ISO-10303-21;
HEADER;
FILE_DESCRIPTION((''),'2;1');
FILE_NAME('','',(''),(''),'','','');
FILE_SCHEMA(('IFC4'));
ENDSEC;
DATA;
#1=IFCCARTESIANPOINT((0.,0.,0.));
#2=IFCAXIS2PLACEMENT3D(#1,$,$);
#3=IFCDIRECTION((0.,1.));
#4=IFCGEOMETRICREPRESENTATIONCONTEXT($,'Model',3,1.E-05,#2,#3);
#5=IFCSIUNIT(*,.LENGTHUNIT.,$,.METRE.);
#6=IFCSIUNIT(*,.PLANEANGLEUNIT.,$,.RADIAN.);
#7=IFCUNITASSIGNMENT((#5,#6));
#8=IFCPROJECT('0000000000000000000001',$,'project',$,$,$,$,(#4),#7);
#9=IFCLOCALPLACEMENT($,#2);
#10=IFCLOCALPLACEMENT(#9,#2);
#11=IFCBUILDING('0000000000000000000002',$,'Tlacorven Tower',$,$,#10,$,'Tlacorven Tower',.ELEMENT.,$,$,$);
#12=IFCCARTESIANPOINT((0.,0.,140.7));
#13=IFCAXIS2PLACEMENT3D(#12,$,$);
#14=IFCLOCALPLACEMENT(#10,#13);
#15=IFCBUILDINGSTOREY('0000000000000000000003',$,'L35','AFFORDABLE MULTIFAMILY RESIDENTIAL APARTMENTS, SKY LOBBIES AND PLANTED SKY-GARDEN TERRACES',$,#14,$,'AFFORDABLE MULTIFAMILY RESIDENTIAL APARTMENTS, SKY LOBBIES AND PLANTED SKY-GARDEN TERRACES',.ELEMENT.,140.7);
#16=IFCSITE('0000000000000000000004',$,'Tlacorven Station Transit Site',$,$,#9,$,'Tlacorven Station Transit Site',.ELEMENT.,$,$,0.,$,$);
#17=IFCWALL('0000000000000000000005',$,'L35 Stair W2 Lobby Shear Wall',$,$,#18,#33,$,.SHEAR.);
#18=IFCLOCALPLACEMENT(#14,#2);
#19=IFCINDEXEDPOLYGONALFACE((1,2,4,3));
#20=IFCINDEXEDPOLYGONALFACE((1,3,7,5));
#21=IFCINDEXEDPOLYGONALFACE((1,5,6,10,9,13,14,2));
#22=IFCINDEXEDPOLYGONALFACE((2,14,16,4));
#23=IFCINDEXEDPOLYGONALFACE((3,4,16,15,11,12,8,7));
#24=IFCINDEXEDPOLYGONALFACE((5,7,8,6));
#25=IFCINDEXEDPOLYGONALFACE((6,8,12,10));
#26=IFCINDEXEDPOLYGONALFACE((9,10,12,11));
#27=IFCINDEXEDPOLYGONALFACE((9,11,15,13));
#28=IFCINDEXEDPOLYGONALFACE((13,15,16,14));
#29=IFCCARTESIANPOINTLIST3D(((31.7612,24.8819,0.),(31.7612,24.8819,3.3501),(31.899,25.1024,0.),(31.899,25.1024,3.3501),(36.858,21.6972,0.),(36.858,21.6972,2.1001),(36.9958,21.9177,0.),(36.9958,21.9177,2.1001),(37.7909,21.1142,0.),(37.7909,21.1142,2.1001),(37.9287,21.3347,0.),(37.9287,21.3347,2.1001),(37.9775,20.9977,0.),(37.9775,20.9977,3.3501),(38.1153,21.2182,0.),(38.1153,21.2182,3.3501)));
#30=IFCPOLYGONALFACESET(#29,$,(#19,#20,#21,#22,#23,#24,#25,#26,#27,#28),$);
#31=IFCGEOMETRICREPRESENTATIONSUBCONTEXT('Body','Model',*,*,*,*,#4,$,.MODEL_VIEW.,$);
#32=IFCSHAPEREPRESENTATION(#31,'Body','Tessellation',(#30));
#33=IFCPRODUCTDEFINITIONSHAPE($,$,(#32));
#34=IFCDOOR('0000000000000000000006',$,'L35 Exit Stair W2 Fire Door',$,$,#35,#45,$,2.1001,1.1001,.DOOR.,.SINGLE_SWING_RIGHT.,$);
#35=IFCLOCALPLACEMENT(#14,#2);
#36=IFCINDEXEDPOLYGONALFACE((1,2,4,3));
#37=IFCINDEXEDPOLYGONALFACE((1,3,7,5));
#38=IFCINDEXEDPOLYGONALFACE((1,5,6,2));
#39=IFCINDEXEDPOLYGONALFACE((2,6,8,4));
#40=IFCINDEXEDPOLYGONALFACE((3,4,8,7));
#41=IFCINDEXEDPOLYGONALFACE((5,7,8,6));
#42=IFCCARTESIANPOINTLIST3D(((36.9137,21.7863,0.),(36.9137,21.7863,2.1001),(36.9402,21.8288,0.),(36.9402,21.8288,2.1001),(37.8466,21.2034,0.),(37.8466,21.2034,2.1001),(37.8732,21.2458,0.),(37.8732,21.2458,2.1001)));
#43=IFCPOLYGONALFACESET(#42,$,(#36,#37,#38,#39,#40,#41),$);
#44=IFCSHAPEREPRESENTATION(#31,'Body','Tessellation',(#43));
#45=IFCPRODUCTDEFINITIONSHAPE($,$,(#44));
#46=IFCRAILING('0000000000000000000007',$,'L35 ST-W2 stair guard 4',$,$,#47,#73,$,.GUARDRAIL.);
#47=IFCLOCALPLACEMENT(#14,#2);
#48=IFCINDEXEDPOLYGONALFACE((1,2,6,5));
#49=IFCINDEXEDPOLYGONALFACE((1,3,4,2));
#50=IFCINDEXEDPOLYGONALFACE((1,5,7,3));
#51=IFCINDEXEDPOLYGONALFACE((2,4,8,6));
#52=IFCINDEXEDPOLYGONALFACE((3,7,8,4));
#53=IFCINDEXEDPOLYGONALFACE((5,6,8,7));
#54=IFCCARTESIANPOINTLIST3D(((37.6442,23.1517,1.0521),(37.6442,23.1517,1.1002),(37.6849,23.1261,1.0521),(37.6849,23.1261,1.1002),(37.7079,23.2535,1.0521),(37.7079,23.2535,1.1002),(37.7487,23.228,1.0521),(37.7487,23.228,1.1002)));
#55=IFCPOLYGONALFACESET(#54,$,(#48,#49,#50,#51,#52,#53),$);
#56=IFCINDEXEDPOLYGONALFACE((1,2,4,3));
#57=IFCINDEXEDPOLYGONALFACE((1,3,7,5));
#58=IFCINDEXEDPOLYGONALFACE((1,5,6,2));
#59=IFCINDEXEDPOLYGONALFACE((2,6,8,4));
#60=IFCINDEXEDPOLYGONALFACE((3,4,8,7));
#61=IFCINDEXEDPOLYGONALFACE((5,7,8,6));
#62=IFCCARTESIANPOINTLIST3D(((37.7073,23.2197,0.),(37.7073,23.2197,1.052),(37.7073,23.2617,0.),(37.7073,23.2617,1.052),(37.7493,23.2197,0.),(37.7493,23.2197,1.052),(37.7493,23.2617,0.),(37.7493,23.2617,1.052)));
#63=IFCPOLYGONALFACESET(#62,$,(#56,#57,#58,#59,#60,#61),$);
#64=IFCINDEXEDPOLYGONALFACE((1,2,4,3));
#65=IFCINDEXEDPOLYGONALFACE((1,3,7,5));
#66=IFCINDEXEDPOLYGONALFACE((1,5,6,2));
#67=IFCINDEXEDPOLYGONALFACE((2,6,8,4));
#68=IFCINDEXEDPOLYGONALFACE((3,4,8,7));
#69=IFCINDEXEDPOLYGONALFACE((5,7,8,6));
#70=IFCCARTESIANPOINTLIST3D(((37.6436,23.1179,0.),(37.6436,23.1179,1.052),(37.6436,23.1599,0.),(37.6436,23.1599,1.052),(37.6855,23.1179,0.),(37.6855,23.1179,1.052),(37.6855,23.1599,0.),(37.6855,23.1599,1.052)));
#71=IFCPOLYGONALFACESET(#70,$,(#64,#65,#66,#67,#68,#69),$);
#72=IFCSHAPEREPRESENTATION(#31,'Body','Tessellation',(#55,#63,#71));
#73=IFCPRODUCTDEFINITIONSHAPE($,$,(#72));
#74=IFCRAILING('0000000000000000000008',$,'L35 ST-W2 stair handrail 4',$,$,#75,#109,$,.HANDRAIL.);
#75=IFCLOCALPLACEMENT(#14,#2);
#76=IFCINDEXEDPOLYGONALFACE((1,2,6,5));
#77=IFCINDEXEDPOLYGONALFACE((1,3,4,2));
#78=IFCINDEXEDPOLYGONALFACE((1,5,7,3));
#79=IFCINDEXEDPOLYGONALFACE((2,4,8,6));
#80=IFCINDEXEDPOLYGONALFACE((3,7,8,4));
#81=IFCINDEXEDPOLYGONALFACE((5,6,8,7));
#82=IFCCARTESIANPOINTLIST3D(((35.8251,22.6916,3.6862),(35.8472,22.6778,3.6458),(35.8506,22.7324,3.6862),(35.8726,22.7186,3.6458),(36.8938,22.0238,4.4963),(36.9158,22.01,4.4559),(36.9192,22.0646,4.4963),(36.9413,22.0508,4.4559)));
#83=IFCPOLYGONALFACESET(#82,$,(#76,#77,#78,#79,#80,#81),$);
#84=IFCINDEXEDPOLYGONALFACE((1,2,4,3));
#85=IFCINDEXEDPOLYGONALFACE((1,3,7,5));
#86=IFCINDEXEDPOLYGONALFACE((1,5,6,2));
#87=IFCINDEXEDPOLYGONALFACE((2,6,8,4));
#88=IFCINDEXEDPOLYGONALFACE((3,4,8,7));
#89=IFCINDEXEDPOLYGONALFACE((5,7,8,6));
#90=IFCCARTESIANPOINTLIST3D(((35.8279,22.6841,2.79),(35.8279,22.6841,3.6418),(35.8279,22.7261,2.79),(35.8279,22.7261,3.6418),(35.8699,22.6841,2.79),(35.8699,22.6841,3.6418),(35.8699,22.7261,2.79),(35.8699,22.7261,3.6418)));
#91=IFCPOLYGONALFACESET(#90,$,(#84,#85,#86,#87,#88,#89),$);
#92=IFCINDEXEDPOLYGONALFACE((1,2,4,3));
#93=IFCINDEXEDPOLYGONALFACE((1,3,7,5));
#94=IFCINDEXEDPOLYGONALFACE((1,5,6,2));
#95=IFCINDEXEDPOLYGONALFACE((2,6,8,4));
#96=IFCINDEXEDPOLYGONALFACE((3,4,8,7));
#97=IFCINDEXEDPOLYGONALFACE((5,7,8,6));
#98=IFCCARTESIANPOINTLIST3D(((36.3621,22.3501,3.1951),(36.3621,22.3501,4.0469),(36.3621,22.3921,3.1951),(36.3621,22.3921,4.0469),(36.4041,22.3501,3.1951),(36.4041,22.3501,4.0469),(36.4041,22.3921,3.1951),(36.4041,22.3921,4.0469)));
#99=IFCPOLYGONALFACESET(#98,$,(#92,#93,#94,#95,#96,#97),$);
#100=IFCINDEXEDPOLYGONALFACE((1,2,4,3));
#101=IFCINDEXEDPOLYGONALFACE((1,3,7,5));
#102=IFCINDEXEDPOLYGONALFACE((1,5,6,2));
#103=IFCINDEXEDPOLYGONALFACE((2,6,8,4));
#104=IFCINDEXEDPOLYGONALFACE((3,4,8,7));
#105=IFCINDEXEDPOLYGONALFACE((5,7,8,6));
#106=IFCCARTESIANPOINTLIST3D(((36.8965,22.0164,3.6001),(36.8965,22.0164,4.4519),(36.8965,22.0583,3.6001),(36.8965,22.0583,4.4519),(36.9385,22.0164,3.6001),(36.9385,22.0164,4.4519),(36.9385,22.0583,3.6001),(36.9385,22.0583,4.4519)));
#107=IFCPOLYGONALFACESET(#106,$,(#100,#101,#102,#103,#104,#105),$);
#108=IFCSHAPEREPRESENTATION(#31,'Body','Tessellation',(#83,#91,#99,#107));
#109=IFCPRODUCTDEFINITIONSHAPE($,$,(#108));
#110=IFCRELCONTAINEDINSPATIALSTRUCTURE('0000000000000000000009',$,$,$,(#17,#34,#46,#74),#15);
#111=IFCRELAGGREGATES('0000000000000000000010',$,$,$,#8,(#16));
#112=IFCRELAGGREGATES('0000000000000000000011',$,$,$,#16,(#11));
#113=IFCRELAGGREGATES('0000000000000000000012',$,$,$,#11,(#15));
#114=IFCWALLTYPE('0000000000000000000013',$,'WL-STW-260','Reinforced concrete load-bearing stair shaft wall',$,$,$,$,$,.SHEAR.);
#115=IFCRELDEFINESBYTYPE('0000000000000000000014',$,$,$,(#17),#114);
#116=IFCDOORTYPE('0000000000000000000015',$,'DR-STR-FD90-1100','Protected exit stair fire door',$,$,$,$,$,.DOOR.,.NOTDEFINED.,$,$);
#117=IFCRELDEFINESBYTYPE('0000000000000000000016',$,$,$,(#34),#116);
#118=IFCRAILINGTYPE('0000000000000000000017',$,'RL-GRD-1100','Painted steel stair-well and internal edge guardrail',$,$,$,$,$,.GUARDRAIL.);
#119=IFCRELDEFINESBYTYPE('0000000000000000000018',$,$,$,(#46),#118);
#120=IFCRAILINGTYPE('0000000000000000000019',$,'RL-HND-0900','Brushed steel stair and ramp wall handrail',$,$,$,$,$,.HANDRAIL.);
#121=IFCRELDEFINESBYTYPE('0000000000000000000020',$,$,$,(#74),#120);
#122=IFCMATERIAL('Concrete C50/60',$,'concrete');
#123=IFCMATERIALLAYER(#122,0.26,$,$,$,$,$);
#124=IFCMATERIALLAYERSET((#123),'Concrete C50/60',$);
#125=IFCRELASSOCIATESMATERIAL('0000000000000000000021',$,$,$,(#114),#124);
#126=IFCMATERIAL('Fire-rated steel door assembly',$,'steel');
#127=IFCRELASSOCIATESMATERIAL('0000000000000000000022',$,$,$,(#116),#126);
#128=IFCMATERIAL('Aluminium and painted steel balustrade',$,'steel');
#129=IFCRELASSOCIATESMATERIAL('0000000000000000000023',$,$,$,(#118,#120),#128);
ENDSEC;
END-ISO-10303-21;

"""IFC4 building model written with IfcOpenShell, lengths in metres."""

from ifc_helpers import new_model, si_unit, direction, frame, frame_2d, origin, origin_2d, place, context, subcontext, project, spatial, rectangle, extrude, source, transform, mapped, material, layer, layer_set, type_object, element, fill, save


model = new_model("IFC4")

# Units and contexts
model_context = context("Model", 3, precision=1e-05, world=origin(), true_north=direction((0.0, 1.0)))
body_context = subcontext(model_context, "Body", "Model", "MODEL_VIEW")
ifc_project = project(units=[si_unit("LENGTHUNIT", "METRE"), si_unit("PLANEANGLEUNIT", "RADIAN")], contexts=[model_context])

# Site, building, storey
site_placement = place(None, origin())
site = spatial("IfcSite", under=ifc_project, at=site_placement, Name="Tlacorven Station Transit Site", LongName="Tlacorven Station Transit Site", CompositionType="ELEMENT", RefElevation=0.0)
building_placement = place(site_placement, origin())
building = spatial("IfcBuilding", under=site, at=building_placement, Name="Tlacorven Tower", LongName="Tlacorven Tower", CompositionType="ELEMENT")
storey_placement = place(building_placement, frame((0.0, 0.0, 140.7)))
storey = spatial("IfcBuildingStorey", under=building, at=storey_placement, Name="L35", Description="AFFORDABLE MULTIFAMILY RESIDENTIAL APARTMENTS, SKY LOBBIES AND PLANTED SKY-GARDEN TERRACES", LongName="AFFORDABLE MULTIFAMILY RESIDENTIAL APARTMENTS, SKY LOBBIES AND PLANTED SKY-GARDEN TERRACES", CompositionType="ELEMENT", Elevation=140.7)

# Shared definitions
ifc_material_1 = material(Name="Fire-rated steel door assembly", Category="steel")

# Wall, opening, door
ifc_material_2 = material(Name="Concrete C50/60", Category="concrete")
ifc_layer_1 = layer(ifc_material_2, 0.26)
ifc_layer_set_1 = layer_set([ifc_layer_1], Name="Concrete C50/60")
wall_type_1 = type_object("IfcWallType", Name="WL-STW-260", Description="Reinforced concrete load-bearing stair shaft wall", PredefinedType="SHEAR", material=ifc_layer_set_1)
wall_1_placement = place(storey_placement, frame((38.0464, 21.1079, 0.0), z_axis=(0.0, 0.0, 1.0), x_axis=(-0.848054, 0.529909, 0.0)))
wall_1 = element("IfcWall", 1, at=wall_1_placement, inside=storey, type_object=wall_type_1, Name="L35 Stair W2 Lobby Shear Wall", PredefinedType="SHEAR", context=body_context, shape_type="SweptSolid", body=[
    extrude(rectangle(XDim=7.3301, YDim=0.26, at=frame_2d((3.665, 0.0))), origin(), (0.0, 0.0, 1.0), 3.3501),
])
opening_1_placement = place(wall_1_placement, frame((0.22, 0.0, 0.0)))
opening_1 = element("IfcOpeningElement", 2, at=opening_1_placement, cuts=wall_1, PredefinedType="OPENING", context=body_context, shape_type="SweptSolid", body=[
    extrude(rectangle(XDim=1.1001, YDim=2.1001, at=frame_2d((0.55, 1.05))), frame((0.0, 0.1401, 0.0), z_axis=(0.0, -1.0, 0.0), x_axis=(1.0, 0.0, 0.0)), (0.0, 0.0, 1.0), 0.28),
])
door_type_1 = type_object("IfcDoorType", Name="DR-STR-FD90-1100", Description="Protected exit stair fire door", OperationType="NOTDEFINED", PredefinedType="DOOR", material=ifc_material_1)
shared_shape_1 = source(origin(), body_context, "Body", "SweptSolid", [
    extrude(rectangle(XDim=1.1001, YDim=2.1001, at=frame_2d((0.55, 1.05))), frame((0.0, 0.0249, 0.0), z_axis=(0.0, -1.0, 0.0), x_axis=(1.0, 0.0, 0.0)), (0.0, 0.0, 1.0), 0.05),
])
door_1_placement = place(opening_1_placement, origin())
door_1 = element("IfcDoor", 3, at=door_1_placement, inside=storey, type_object=door_type_1, Name="L35 Exit Stair W2 Fire Door", OperationType="SINGLE_SWING_RIGHT", OverallHeight=2.1001, OverallWidth=1.1001, PredefinedType="DOOR", context=body_context, shape_type="MappedRepresentation", body=[
    mapped(shared_shape_1, transform((0.0, 0.0, 0.0), scale=1.0)),
])
fill(opening_1, door_1)

# Railings
ifc_material_3 = material(Name="Aluminium and painted steel balustrade", Category="steel")
railing_type_1 = type_object("IfcRailingType", Name="RL-GRD-1100", Description="Painted steel stair-well and internal edge guardrail", PredefinedType="GUARDRAIL", material=ifc_material_3)
shared_shape_2 = source(origin(), body_context, "Body", "SweptSolid", [
    extrude(rectangle(XDim=0.0481, YDim=0.0481, at=origin_2d()), frame((0.0, 0.0, 1.0762), z_axis=(-0.530547, -0.847656, 0.0), x_axis=(0.847656, -0.530547, 0.0)), (0.0, 0.0, 1.0), 0.1201),
    extrude(rectangle(XDim=0.042, YDim=0.042, at=origin_2d()), origin(), (0.0, 0.0, 1.0), 1.052),
    extrude(rectangle(XDim=0.042, YDim=0.042, at=origin_2d()), frame((-0.0637, -0.1018, 0.0)), (0.0, 0.0, 1.0), 1.052),
])
railing_1_placement = place(storey_placement, frame((37.7283, 23.2407, 0.0)))
element("IfcRailing", 4, at=railing_1_placement, inside=storey, type_object=railing_type_1, Name="L35 ST-W2 stair guard 4", PredefinedType="GUARDRAIL", context=body_context, shape_type="MappedRepresentation", body=[
    mapped(shared_shape_2, transform((0.0, 0.0, 0.0), scale=1.0)),
])
railing_type_2 = type_object("IfcRailingType", Name="RL-HND-0900", Description="Brushed steel stair and ramp wall handrail", PredefinedType="HANDRAIL", material=ifc_material_3)
shared_shape_3 = source(origin(), body_context, "Body", "SweptSolid", [
    extrude(rectangle(XDim=0.0481, YDim=0.0481, at=origin_2d()), frame((0.0, 0.0, 0.876), z_axis=(0.71336, -0.445748, 0.540765), x_axis=(0.529912, 0.848053, 0.0)), (0.0, 0.0, 1.0), 1.498),
    extrude(rectangle(XDim=0.042, YDim=0.042, at=origin_2d()), origin(), (0.0, 0.0, 1.0), 0.8518),
    extrude(rectangle(XDim=0.042, YDim=0.042, at=origin_2d()), frame((0.5342, -0.334, 0.405)), (0.0, 0.0, 1.0), 0.8518),
    extrude(rectangle(XDim=0.042, YDim=0.042, at=origin_2d()), frame((1.0686, -0.6677, 0.8101)), (0.0, 0.0, 1.0), 0.8518),
])
railing_2_placement = place(storey_placement, frame((35.8489, 22.7051, 2.79)))
element("IfcRailing", 5, at=railing_2_placement, inside=storey, type_object=railing_type_2, Name="L35 ST-W2 stair handrail 4", PredefinedType="HANDRAIL", context=body_context, shape_type="MappedRepresentation", body=[
    mapped(shared_shape_3, transform((0.0, 0.0, 0.0), scale=1.0)),
])

save(model, "model.ifc")
